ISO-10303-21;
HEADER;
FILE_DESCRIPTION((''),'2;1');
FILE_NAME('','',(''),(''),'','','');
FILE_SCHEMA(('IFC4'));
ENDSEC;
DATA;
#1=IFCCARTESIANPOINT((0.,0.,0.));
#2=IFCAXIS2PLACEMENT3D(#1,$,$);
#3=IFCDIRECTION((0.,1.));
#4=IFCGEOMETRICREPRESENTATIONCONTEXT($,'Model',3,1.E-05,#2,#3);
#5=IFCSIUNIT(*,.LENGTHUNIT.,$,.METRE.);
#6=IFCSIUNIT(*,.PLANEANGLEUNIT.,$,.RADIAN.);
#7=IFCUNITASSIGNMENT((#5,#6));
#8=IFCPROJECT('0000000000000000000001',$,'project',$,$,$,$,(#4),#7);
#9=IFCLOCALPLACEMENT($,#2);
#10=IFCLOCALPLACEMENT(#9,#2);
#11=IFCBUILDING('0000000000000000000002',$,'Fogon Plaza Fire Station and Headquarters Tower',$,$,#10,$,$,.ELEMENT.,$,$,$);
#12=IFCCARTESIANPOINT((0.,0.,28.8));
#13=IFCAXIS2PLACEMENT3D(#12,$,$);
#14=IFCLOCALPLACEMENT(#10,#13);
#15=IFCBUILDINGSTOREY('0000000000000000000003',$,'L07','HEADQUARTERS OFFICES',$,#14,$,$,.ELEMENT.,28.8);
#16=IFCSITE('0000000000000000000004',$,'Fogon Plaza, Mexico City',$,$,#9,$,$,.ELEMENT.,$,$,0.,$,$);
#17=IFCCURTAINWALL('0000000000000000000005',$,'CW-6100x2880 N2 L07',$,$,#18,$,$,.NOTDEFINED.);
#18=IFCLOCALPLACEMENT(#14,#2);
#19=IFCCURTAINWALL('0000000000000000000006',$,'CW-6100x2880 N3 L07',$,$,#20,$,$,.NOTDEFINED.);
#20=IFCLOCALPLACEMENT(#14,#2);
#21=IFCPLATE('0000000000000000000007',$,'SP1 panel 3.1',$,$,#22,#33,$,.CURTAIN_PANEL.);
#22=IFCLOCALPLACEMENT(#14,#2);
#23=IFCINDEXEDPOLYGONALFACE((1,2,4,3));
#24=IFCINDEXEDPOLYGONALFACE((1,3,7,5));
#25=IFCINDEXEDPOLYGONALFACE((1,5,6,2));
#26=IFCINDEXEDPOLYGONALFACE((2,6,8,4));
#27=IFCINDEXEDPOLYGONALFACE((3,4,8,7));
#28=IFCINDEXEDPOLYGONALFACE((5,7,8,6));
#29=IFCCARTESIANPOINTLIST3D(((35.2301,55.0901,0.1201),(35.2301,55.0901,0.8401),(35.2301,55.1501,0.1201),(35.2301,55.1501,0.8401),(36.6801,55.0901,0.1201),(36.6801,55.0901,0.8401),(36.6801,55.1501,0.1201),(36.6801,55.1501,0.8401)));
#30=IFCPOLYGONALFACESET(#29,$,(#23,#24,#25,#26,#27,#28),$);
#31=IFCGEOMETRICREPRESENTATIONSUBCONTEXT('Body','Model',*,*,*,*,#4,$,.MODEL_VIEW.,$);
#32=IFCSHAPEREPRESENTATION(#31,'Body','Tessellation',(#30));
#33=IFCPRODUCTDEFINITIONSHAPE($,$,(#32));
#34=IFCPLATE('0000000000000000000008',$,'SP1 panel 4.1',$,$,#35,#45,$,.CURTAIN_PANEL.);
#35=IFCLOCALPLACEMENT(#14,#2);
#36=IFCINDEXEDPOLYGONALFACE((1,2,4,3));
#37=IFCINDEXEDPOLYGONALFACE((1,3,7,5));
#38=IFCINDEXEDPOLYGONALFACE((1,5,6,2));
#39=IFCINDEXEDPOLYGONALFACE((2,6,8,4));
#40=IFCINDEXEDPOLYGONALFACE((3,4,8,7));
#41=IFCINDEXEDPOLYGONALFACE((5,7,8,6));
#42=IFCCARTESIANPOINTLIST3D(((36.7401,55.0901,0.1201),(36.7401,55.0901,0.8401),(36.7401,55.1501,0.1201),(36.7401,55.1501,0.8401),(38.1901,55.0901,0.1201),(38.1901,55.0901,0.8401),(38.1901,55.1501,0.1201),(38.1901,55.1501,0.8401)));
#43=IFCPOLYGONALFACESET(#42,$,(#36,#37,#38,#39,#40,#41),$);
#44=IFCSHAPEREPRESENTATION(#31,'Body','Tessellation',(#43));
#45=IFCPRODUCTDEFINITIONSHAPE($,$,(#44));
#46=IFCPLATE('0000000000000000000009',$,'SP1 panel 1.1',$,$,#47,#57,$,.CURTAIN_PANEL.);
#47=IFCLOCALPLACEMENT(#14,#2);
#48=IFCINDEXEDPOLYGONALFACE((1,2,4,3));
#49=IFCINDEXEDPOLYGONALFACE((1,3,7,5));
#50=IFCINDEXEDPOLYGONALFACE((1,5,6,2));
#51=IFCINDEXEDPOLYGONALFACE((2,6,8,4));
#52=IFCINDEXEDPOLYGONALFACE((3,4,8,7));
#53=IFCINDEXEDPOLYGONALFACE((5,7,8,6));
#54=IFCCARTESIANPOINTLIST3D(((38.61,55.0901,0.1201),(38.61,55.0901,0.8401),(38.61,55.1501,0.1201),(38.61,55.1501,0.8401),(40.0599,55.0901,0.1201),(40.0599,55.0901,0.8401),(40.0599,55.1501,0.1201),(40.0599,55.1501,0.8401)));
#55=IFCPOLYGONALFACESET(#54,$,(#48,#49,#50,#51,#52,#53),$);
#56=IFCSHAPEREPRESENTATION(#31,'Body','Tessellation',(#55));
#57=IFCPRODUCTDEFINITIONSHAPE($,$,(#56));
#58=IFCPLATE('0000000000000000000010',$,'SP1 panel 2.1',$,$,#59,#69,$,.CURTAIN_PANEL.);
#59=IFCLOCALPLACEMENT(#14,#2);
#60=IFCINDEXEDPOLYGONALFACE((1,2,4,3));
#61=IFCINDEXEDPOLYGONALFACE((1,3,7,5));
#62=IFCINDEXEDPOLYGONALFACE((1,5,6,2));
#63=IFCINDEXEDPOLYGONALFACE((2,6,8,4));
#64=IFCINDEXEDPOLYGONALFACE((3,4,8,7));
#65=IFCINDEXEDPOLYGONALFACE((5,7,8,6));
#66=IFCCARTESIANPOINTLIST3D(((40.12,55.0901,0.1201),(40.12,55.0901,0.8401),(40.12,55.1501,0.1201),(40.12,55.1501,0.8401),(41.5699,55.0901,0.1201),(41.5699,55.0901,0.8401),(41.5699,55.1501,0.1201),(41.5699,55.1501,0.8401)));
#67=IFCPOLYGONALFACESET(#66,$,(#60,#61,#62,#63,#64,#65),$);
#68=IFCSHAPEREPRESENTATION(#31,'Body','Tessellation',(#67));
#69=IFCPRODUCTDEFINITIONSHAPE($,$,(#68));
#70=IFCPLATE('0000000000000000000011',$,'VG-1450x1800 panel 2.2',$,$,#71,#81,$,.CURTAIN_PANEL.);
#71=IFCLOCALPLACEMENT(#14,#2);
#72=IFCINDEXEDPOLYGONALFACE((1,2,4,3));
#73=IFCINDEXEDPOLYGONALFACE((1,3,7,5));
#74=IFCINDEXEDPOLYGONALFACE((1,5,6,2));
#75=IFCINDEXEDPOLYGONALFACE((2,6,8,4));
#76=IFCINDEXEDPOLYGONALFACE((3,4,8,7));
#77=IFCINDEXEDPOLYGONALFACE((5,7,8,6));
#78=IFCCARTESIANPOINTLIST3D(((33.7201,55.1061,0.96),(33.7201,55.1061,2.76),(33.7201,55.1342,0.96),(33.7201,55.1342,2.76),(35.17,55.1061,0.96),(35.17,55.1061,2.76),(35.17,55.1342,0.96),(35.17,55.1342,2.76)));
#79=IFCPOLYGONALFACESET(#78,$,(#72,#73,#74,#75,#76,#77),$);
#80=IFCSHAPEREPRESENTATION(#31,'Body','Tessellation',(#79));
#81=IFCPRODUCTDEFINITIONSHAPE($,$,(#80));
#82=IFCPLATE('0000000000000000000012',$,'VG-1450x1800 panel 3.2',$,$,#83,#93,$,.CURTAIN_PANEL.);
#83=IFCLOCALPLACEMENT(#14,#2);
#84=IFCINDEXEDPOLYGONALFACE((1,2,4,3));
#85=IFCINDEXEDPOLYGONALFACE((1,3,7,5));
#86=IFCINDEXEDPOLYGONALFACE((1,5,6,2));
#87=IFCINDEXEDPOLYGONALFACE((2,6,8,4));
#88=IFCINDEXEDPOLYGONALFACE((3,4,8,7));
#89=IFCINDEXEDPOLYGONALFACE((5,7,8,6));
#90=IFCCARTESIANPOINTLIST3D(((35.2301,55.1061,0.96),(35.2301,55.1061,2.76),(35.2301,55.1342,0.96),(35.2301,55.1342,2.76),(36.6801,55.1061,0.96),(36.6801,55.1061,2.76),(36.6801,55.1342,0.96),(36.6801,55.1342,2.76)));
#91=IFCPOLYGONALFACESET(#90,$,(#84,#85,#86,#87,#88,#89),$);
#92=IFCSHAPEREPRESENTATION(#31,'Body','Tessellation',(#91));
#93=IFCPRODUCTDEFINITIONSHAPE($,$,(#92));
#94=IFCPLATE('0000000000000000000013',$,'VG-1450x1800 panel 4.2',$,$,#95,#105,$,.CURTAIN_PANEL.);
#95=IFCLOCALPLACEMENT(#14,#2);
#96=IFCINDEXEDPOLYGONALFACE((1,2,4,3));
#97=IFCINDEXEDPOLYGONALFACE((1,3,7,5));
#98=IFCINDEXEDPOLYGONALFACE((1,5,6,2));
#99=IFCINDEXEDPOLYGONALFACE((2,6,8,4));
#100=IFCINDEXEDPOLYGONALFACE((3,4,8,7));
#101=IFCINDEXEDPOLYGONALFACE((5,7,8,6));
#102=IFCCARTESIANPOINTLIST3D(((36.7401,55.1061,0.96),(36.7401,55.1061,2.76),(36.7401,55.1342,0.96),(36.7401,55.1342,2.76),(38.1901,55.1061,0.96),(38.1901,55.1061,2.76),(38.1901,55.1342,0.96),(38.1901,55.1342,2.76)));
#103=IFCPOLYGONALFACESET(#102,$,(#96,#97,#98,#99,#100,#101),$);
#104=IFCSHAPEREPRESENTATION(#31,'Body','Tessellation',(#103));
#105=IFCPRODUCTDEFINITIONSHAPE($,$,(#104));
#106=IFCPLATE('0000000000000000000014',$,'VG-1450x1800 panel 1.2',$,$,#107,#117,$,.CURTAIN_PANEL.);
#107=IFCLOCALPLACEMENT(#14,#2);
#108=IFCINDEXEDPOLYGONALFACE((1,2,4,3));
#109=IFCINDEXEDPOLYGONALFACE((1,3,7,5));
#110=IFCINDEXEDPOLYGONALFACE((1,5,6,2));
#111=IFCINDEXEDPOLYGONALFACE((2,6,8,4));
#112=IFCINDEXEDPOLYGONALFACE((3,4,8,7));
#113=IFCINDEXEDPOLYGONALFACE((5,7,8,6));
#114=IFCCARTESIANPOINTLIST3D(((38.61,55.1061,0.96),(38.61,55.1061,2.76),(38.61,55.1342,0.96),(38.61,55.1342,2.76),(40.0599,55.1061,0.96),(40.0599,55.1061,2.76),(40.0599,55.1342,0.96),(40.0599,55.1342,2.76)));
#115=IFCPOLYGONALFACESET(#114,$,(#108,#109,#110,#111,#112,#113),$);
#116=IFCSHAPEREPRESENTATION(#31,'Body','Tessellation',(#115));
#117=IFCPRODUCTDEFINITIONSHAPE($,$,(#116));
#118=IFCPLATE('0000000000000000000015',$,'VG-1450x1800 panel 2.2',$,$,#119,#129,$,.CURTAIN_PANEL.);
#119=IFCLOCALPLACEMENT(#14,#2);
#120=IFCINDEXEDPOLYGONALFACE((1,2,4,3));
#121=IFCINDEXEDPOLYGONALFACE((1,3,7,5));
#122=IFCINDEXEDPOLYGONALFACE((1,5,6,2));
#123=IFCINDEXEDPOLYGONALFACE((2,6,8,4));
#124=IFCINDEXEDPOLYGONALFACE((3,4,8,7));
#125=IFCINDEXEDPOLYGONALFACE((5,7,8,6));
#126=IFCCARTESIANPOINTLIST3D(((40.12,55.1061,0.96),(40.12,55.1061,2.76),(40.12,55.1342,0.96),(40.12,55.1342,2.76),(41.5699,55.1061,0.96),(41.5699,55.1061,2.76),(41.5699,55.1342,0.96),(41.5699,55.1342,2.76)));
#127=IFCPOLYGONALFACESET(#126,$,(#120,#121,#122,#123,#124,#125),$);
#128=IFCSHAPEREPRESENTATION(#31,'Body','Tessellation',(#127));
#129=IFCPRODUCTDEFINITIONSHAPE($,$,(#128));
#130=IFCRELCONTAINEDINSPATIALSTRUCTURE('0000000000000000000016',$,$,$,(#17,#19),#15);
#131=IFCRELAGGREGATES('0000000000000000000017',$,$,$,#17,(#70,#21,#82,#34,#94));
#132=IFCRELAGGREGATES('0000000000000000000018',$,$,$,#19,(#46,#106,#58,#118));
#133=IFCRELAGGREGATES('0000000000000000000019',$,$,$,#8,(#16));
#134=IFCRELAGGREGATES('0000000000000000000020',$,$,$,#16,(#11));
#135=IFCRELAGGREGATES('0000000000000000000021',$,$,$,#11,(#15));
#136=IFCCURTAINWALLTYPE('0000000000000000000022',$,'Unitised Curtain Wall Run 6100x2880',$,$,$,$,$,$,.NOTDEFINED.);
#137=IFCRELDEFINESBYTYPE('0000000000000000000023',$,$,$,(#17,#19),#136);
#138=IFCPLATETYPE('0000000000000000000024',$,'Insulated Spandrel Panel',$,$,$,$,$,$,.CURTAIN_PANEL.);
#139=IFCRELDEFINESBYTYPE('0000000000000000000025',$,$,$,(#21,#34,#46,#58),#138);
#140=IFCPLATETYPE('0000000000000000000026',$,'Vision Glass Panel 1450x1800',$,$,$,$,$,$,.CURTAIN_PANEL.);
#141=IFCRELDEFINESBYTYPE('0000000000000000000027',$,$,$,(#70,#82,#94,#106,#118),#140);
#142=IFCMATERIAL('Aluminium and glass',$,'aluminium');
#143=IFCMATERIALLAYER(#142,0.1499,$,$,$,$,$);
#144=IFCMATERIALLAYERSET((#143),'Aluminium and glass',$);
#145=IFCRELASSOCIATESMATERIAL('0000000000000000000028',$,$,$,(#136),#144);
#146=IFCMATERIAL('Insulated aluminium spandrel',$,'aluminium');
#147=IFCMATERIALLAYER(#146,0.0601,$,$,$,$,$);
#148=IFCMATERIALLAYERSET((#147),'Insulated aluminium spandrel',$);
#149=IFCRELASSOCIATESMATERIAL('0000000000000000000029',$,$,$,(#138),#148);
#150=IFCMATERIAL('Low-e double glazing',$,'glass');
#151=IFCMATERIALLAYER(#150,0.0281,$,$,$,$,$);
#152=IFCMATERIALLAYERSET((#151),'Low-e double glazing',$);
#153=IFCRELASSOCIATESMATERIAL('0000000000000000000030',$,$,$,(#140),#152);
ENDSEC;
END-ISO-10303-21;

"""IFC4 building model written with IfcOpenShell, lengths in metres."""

from ifc_helpers import new_model, si_unit, direction, frame, origin, origin_2d, place, context, subcontext, project, spatial, rectangle, extrude, material, layer, layer_set, type_object, element, aggregate, save


model = new_model("IFC4")

# Units and contexts
model_context = context("Model", 3, precision=1e-05, world=origin(), true_north=direction((0.0, 1.0)))
body_context = subcontext(model_context, "Body", "Model", "MODEL_VIEW")
ifc_project = project(units=[si_unit("LENGTHUNIT", "METRE"), si_unit("PLANEANGLEUNIT", "RADIAN")], contexts=[model_context])

# Site, building, storey
site_placement = place(None, origin())
site = spatial("IfcSite", under=ifc_project, at=site_placement, Name="Fogon Plaza, Mexico City", CompositionType="ELEMENT", RefElevation=0.0)
building_placement = place(site_placement, origin())
building = spatial("IfcBuilding", under=site, at=building_placement, Name="Fogon Plaza Fire Station and Headquarters Tower", CompositionType="ELEMENT")
storey_placement = place(building_placement, frame((0.0, 0.0, 28.8)))
storey = spatial("IfcBuildingStorey", under=building, at=storey_placement, Name="L07", Description="HEADQUARTERS OFFICES", CompositionType="ELEMENT", Elevation=28.8)

# Curtain walls
ifc_material_1 = material(Name="Aluminium and glass", Category="aluminium")
ifc_layer_1 = layer(ifc_material_1, 0.1499)
ifc_layer_set_1 = layer_set([ifc_layer_1], Name="Aluminium and glass")
curtain_wall_type = type_object("IfcCurtainWallType", Name="Unitised Curtain Wall Run 6100x2880", PredefinedType="NOTDEFINED", material=ifc_layer_set_1)
curtain_wall_1_placement = place(storey_placement, origin())
curtain_wall_1 = element("IfcCurtainWall", 1, at=curtain_wall_1_placement, inside=storey, type_object=curtain_wall_type, Name="CW-6100x2880 N2 L07", PredefinedType="NOTDEFINED")
curtain_wall_2_placement = place(storey_placement, origin())
curtain_wall_2 = element("IfcCurtainWall", 2, at=curtain_wall_2_placement, inside=storey, type_object=curtain_wall_type, Name="CW-6100x2880 N3 L07", PredefinedType="NOTDEFINED")

# Plates
ifc_material_2 = material(Name="Insulated aluminium spandrel", Category="aluminium")
ifc_layer_2 = layer(ifc_material_2, 0.0601)
ifc_layer_set_2 = layer_set([ifc_layer_2], Name="Insulated aluminium spandrel")
plate_type_1 = type_object("IfcPlateType", Name="Insulated Spandrel Panel", PredefinedType="CURTAIN_PANEL", material=ifc_layer_set_2)
plate_1_placement = place(storey_placement, frame((35.9551, 55.1201, 0.1201), z_axis=(0.0, 0.0, 1.0), x_axis=(1.0, 0.0, 0.0)))
plate_1 = element("IfcPlate", 3, at=plate_1_placement, type_object=plate_type_1, Name="SP1 panel 3.1", PredefinedType="CURTAIN_PANEL", context=body_context, shape_type="SweptSolid", body=[
    extrude(rectangle(XDim=1.45, YDim=0.0601, at=origin_2d()), origin(), (0.0, 0.0, 1.0), 0.72),
])
plate_2_placement = place(storey_placement, frame((37.4651, 55.1201, 0.1201), z_axis=(0.0, 0.0, 1.0), x_axis=(1.0, 0.0, 0.0)))
plate_2 = element("IfcPlate", 4, at=plate_2_placement, type_object=plate_type_1, Name="SP1 panel 4.1", PredefinedType="CURTAIN_PANEL", context=body_context, shape_type="SweptSolid", body=[
    extrude(rectangle(XDim=1.45, YDim=0.0601, at=origin_2d()), origin(), (0.0, 0.0, 1.0), 0.72),
])
plate_3_placement = place(storey_placement, frame((39.335, 55.1201, 0.1201), z_axis=(0.0, 0.0, 1.0), x_axis=(1.0, 0.0, 0.0)))
plate_3 = element("IfcPlate", 5, at=plate_3_placement, type_object=plate_type_1, Name="SP1 panel 1.1", PredefinedType="CURTAIN_PANEL", context=body_context, shape_type="SweptSolid", body=[
    extrude(rectangle(XDim=1.45, YDim=0.0601, at=origin_2d()), origin(), (0.0, 0.0, 1.0), 0.72),
])
plate_4_placement = place(storey_placement, frame((40.845, 55.1201, 0.1201), z_axis=(0.0, 0.0, 1.0), x_axis=(1.0, 0.0, 0.0)))
plate_4 = element("IfcPlate", 6, at=plate_4_placement, type_object=plate_type_1, Name="SP1 panel 2.1", PredefinedType="CURTAIN_PANEL", context=body_context, shape_type="SweptSolid", body=[
    extrude(rectangle(XDim=1.45, YDim=0.0601, at=origin_2d()), origin(), (0.0, 0.0, 1.0), 0.72),
])
ifc_material_3 = material(Name="Low-e double glazing", Category="glass")
ifc_layer_3 = layer(ifc_material_3, 0.0281)
ifc_layer_set_3 = layer_set([ifc_layer_3], Name="Low-e double glazing")
plate_type_2 = type_object("IfcPlateType", Name="Vision Glass Panel 1450x1800", PredefinedType="CURTAIN_PANEL", material=ifc_layer_set_3)
plate_5_placement = place(storey_placement, frame((34.4451, 55.1201, 0.96), z_axis=(0.0, 0.0, 1.0), x_axis=(1.0, 0.0, 0.0)))
plate_5 = element("IfcPlate", 7, at=plate_5_placement, type_object=plate_type_2, Name="VG-1450x1800 panel 2.2", PredefinedType="CURTAIN_PANEL", context=body_context, shape_type="SweptSolid", body=[
    extrude(rectangle(XDim=1.45, YDim=0.0281, at=origin_2d()), origin(), (0.0, 0.0, 1.0), 1.8),
])
plate_6_placement = place(storey_placement, frame((35.9551, 55.1201, 0.96), z_axis=(0.0, 0.0, 1.0), x_axis=(1.0, 0.0, 0.0)))
plate_6 = element("IfcPlate", 8, at=plate_6_placement, type_object=plate_type_2, Name="VG-1450x1800 panel 3.2", PredefinedType="CURTAIN_PANEL", context=body_context, shape_type="SweptSolid", body=[
    extrude(rectangle(XDim=1.45, YDim=0.0281, at=origin_2d()), origin(), (0.0, 0.0, 1.0), 1.8),
])
plate_7_placement = place(storey_placement, frame((37.4651, 55.1201, 0.96), z_axis=(0.0, 0.0, 1.0), x_axis=(1.0, 0.0, 0.0)))
plate_7 = element("IfcPlate", 9, at=plate_7_placement, type_object=plate_type_2, Name="VG-1450x1800 panel 4.2", PredefinedType="CURTAIN_PANEL", context=body_context, shape_type="SweptSolid", body=[
    extrude(rectangle(XDim=1.45, YDim=0.0281, at=origin_2d()), origin(), (0.0, 0.0, 1.0), 1.8),
])
aggregate(curtain_wall_1, [plate_5, plate_1, plate_6, plate_2, plate_7])
plate_8_placement = place(storey_placement, frame((39.335, 55.1201, 0.96), z_axis=(0.0, 0.0, 1.0), x_axis=(1.0, 0.0, 0.0)))
plate_8 = element("IfcPlate", 10, at=plate_8_placement, type_object=plate_type_2, Name="VG-1450x1800 panel 1.2", PredefinedType="CURTAIN_PANEL", context=body_context, shape_type="SweptSolid", body=[
    extrude(rectangle(XDim=1.45, YDim=0.0281, at=origin_2d()), origin(), (0.0, 0.0, 1.0), 1.8),
])
plate_9_placement = place(storey_placement, frame((40.845, 55.1201, 0.96), z_axis=(0.0, 0.0, 1.0), x_axis=(1.0, 0.0, 0.0)))
plate_9 = element("IfcPlate", 11, at=plate_9_placement, type_object=plate_type_2, Name="VG-1450x1800 panel 2.2", PredefinedType="CURTAIN_PANEL", context=body_context, shape_type="SweptSolid", body=[
    extrude(rectangle(XDim=1.45, YDim=0.0281, at=origin_2d()), origin(), (0.0, 0.0, 1.0), 1.8),
])
aggregate(curtain_wall_2, [plate_3, plate_8, plate_4, plate_9])

save(model, "model.ifc")
